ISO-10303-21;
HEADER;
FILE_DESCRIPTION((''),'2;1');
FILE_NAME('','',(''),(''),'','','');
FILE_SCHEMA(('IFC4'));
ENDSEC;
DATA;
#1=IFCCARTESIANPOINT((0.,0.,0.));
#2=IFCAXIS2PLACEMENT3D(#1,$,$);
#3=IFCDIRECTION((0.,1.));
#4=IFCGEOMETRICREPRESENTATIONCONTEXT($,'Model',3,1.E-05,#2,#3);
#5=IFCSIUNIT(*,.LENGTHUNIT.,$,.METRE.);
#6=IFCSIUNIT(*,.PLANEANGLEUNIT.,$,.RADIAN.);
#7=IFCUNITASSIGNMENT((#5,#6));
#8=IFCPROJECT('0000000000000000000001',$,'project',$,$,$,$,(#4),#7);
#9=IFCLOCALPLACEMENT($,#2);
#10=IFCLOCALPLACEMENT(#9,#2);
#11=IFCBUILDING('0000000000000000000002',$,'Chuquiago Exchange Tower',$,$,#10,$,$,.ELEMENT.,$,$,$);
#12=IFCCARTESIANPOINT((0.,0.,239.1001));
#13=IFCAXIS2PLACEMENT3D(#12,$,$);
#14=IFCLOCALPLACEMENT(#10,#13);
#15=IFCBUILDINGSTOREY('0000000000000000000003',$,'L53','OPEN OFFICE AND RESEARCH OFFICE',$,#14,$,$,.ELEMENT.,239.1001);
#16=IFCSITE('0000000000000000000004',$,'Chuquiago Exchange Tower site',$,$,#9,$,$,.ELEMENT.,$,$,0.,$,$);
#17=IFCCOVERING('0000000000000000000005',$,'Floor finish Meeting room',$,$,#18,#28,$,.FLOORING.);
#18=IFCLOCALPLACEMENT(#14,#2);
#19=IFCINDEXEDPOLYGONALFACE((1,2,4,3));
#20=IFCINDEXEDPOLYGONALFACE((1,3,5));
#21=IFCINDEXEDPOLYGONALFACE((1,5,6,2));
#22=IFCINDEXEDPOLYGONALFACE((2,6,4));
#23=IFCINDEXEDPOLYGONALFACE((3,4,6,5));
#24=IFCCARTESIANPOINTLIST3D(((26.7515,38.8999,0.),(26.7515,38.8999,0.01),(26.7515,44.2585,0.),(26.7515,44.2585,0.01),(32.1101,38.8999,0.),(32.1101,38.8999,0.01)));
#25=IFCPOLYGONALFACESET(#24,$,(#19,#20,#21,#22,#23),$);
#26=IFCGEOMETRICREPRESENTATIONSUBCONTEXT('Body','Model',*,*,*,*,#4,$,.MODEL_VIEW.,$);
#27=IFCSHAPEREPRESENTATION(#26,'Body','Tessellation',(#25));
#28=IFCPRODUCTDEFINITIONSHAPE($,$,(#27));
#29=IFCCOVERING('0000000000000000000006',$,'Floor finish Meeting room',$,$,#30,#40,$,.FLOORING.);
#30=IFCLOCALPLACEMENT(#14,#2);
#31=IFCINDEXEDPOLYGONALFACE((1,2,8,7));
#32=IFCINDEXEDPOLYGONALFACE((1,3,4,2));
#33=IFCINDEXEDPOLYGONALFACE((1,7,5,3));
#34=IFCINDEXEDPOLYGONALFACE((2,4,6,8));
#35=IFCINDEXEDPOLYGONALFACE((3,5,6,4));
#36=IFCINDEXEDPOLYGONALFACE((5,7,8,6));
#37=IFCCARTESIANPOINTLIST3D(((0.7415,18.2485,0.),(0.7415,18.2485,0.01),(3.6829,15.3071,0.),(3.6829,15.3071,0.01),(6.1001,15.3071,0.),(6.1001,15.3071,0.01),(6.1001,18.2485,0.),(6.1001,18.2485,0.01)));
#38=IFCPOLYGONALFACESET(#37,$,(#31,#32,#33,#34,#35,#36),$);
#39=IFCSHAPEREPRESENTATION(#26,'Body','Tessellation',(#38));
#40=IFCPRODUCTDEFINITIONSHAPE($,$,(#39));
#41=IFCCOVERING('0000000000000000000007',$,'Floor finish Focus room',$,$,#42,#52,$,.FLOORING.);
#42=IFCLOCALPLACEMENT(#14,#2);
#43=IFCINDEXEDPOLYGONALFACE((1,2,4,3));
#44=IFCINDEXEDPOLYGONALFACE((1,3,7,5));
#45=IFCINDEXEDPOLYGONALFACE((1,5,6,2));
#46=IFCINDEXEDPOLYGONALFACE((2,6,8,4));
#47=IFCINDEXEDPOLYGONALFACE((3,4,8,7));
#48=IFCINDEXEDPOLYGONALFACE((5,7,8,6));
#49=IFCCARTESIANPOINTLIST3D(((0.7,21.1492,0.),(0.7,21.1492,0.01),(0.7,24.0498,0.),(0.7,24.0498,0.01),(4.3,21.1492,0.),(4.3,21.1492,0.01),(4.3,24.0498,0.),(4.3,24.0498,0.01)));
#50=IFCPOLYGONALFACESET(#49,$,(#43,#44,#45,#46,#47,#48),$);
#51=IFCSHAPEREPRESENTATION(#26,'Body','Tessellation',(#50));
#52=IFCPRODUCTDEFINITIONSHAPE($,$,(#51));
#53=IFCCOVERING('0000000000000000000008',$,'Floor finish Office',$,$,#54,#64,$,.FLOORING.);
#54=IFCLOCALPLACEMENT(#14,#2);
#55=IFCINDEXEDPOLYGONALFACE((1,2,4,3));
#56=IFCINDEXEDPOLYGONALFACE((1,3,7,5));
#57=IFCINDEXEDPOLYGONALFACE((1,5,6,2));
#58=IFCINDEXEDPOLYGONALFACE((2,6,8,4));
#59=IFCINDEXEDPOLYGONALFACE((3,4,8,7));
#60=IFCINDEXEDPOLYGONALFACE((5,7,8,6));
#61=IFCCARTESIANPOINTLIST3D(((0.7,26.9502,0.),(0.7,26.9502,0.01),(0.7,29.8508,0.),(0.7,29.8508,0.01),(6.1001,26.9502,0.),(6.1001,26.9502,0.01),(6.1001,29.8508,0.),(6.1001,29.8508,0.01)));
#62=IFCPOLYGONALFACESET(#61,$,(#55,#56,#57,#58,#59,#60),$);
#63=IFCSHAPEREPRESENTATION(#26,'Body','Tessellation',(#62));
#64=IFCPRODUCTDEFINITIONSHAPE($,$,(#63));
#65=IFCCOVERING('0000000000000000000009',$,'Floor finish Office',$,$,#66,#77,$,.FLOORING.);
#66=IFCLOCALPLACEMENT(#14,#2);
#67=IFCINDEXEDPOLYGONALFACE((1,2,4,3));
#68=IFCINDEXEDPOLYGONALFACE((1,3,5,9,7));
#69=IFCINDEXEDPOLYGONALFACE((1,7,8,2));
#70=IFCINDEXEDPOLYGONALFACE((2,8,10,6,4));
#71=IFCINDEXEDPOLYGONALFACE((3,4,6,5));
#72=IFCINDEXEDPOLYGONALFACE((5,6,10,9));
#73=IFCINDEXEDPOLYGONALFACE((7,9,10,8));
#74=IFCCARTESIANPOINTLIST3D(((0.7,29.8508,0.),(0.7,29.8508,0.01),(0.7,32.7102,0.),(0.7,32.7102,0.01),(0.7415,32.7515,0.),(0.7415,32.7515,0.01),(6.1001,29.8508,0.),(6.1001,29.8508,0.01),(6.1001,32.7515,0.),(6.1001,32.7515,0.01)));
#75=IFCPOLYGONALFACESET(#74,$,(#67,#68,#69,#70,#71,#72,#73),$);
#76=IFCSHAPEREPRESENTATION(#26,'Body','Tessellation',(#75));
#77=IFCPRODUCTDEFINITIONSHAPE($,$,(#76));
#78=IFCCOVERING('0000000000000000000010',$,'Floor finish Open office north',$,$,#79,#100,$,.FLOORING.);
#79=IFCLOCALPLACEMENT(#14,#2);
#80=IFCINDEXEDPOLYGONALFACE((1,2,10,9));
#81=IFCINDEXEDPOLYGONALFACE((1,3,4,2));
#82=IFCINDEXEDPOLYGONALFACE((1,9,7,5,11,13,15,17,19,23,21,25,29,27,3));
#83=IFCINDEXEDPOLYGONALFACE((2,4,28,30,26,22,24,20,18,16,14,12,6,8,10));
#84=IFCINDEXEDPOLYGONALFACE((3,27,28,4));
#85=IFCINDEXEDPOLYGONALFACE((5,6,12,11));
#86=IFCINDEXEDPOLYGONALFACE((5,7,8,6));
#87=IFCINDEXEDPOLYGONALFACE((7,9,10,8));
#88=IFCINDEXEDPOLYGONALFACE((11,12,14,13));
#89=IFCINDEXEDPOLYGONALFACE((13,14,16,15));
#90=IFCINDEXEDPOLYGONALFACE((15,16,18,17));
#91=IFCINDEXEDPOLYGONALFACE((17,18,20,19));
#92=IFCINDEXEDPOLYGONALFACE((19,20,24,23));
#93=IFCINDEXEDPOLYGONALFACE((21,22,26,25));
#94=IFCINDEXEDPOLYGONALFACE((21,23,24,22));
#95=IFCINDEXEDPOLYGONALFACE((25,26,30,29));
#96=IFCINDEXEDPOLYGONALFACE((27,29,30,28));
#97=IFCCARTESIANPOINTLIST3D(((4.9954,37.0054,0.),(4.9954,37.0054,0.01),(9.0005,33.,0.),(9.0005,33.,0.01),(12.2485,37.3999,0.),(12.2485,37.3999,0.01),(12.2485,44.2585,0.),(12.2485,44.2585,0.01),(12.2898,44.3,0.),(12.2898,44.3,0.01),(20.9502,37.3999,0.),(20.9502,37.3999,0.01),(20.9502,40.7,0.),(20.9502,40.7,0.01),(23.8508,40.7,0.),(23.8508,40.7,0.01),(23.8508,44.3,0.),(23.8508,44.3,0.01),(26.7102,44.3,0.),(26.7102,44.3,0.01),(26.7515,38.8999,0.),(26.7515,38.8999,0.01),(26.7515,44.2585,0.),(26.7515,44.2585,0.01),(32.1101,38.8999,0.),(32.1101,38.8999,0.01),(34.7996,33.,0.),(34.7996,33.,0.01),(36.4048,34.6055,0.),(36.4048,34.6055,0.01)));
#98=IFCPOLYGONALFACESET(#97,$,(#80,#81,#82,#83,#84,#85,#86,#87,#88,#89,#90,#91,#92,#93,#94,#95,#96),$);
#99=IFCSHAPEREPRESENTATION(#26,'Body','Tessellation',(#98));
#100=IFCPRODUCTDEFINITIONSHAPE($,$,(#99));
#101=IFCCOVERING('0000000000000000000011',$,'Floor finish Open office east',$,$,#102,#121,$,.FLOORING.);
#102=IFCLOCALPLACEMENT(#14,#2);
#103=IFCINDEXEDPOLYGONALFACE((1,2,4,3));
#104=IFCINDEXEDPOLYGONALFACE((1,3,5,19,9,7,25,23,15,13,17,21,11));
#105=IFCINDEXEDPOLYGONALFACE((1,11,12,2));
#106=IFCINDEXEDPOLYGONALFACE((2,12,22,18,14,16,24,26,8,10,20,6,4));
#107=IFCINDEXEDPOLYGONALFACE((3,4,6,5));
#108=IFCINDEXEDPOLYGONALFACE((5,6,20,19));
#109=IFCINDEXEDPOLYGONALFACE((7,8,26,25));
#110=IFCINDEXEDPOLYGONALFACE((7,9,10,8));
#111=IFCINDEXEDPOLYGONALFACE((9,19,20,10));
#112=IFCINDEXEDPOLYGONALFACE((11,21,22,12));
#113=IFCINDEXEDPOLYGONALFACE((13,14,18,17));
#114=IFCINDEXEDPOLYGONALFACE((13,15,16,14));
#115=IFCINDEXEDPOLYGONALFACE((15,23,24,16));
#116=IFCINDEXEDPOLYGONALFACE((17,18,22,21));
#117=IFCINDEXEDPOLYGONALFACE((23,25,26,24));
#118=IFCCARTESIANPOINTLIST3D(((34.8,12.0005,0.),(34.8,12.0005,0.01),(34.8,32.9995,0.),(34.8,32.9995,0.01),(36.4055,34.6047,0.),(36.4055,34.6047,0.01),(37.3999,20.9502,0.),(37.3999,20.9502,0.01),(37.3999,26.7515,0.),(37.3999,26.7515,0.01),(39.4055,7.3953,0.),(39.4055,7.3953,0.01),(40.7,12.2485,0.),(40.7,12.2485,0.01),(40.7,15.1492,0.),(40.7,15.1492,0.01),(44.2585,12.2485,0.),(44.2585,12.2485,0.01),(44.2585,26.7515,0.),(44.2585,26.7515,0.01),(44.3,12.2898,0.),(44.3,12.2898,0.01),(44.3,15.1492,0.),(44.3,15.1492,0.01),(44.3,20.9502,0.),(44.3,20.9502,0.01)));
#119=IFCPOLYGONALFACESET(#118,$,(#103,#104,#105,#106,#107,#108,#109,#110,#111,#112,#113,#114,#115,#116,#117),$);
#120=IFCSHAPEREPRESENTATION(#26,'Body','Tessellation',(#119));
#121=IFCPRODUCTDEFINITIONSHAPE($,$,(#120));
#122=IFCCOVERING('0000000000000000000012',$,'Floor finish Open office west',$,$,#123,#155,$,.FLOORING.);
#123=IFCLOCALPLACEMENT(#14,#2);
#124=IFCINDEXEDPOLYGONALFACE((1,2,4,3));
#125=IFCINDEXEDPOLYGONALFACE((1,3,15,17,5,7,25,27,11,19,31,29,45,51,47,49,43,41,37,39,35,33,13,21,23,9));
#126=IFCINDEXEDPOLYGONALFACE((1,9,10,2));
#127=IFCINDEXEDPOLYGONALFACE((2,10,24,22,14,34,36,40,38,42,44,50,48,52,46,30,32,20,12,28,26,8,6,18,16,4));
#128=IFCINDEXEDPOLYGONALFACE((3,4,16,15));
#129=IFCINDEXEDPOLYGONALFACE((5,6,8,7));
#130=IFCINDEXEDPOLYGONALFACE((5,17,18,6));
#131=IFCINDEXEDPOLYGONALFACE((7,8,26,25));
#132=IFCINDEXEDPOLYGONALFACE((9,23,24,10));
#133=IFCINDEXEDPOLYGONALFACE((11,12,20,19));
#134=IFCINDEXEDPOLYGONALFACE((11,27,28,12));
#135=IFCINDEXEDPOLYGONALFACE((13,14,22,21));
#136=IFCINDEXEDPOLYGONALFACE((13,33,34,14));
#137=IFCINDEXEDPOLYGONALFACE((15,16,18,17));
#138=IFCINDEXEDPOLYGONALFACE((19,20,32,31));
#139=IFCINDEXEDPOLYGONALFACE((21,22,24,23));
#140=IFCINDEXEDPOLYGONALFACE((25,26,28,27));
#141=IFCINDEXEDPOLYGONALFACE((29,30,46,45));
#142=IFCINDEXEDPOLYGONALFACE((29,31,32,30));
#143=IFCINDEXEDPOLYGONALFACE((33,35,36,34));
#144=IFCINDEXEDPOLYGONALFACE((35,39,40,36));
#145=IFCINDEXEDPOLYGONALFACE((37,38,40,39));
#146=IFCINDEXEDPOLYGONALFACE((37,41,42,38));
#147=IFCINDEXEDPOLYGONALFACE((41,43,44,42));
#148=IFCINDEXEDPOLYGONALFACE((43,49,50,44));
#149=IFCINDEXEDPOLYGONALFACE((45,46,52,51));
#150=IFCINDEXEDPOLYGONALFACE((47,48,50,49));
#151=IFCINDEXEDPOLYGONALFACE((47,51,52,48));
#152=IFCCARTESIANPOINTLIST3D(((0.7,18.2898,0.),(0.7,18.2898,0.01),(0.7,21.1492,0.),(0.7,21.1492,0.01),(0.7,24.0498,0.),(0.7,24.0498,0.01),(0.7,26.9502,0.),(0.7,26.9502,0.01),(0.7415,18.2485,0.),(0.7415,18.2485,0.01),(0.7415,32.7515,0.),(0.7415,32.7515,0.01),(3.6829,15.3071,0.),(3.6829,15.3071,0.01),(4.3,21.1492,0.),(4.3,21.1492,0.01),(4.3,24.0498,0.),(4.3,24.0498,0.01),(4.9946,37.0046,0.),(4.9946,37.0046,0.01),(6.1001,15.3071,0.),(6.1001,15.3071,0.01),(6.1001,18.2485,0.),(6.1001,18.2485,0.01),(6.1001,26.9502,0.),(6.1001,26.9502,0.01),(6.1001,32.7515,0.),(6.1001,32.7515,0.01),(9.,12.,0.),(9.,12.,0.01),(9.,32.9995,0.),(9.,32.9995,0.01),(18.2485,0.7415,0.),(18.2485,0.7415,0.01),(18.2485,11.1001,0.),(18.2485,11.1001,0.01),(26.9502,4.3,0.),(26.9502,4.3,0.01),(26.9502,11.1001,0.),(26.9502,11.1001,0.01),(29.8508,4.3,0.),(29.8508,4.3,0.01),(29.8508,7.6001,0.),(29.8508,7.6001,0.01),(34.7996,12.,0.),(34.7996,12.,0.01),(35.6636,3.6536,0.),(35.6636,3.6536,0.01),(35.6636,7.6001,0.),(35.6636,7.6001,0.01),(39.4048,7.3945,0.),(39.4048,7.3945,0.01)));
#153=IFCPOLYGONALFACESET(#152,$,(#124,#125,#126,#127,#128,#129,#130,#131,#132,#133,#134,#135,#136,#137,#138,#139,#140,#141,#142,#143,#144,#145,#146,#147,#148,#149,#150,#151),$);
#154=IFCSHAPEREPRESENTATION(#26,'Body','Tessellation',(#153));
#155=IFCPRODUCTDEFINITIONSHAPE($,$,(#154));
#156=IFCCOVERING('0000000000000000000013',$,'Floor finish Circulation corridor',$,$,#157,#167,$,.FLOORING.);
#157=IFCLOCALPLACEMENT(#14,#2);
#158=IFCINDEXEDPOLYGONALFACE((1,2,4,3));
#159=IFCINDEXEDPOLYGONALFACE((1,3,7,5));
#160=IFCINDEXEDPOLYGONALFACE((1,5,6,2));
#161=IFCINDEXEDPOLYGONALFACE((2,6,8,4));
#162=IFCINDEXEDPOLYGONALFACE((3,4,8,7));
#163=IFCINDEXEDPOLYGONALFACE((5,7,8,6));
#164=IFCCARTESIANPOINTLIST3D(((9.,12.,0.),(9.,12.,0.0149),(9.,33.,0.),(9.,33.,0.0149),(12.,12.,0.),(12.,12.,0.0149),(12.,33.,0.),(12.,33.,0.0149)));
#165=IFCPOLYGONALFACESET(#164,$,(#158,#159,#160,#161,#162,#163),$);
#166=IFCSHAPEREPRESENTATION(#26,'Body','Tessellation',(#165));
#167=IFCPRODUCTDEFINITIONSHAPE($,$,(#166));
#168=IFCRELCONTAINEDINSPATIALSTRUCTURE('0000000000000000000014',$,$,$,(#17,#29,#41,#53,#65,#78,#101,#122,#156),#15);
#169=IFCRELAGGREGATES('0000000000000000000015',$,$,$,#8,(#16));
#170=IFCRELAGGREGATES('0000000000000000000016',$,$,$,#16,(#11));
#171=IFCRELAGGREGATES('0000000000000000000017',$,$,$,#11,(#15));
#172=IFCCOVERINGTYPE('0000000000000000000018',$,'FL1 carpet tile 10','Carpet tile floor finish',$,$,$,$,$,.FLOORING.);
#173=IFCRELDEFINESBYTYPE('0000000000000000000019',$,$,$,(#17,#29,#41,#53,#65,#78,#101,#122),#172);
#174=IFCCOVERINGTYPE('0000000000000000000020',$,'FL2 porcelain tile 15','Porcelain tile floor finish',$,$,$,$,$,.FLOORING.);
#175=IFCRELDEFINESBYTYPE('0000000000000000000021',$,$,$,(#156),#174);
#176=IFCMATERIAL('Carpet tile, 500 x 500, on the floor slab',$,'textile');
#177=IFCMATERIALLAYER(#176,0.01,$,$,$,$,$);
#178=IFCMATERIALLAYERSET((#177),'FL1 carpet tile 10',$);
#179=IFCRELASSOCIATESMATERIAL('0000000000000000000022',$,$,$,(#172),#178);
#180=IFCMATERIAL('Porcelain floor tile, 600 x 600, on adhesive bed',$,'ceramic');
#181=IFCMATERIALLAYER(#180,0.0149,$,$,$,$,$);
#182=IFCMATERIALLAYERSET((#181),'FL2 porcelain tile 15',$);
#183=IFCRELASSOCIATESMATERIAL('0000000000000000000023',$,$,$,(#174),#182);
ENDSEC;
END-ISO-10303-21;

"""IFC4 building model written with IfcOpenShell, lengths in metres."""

from ifc_helpers import new_model, si_unit, direction, frame, origin, place, context, subcontext, project, spatial, polyline, outline, extrude, material, layer, layer_set, type_object, element, save


model = new_model("IFC4")

# Units and contexts
model_context = context("Model", 3, precision=1e-05, world=origin(), true_north=direction((0.0, 1.0)))
body_context = subcontext(model_context, "Body", "Model", "MODEL_VIEW")
ifc_project = project(units=[si_unit("LENGTHUNIT", "METRE"), si_unit("PLANEANGLEUNIT", "RADIAN")], contexts=[model_context])

# Site, building, storey
site_placement = place(None, origin())
site = spatial("IfcSite", under=ifc_project, at=site_placement, Name="Chuquiago Exchange Tower site", CompositionType="ELEMENT", RefElevation=0.0)
building_placement = place(site_placement, origin())
building = spatial("IfcBuilding", under=site, at=building_placement, Name="Chuquiago Exchange Tower", CompositionType="ELEMENT")
storey_placement = place(building_placement, frame((0.0, 0.0, 239.1001)))
storey = spatial("IfcBuildingStorey", under=building, at=storey_placement, Name="L53", Description="OPEN OFFICE AND RESEARCH OFFICE", CompositionType="ELEMENT", Elevation=239.1001)

# Coverings
ifc_material_1 = material(Name="Carpet tile, 500 x 500, on the floor slab", Category="textile")
ifc_layer_1 = layer(ifc_material_1, 0.01)
ifc_layer_set_1 = layer_set([ifc_layer_1], Name="FL1 carpet tile 10")
covering_type_1 = type_object("IfcCoveringType", Name="FL1 carpet tile 10", Description="Carpet tile floor finish", PredefinedType="FLOORING", material=ifc_layer_set_1)
covering_1_placement = place(storey_placement, origin())
element("IfcCovering", 1, at=covering_1_placement, inside=storey, type_object=covering_type_1, Name="Floor finish Meeting room", PredefinedType="FLOORING", context=body_context, shape_type="SweptSolid", body=[
    extrude(outline(polyline([(32.1101, 38.8999), (26.7515, 38.8999), (26.7515, 44.2585), (32.1101, 38.8999)])), origin(), (0.0, 0.0, 1.0), 0.01),
])
covering_2_placement = place(storey_placement, origin())
element("IfcCovering", 2, at=covering_2_placement, inside=storey, type_object=covering_type_1, Name="Floor finish Meeting room", PredefinedType="FLOORING", context=body_context, shape_type="SweptSolid", body=[
    extrude(outline(polyline([(0.7415, 18.2485), (6.1001, 18.2485), (6.1001, 15.3071), (3.6829, 15.3071), (0.7415, 18.2485)])), origin(), (0.0, 0.0, 1.0), 0.01),
])
covering_3_placement = place(storey_placement, origin())
element("IfcCovering", 3, at=covering_3_placement, inside=storey, type_object=covering_type_1, Name="Floor finish Focus room", PredefinedType="FLOORING", context=body_context, shape_type="SweptSolid", body=[
    extrude(outline(polyline([(0.7, 24.0498), (4.3, 24.0498), (4.3, 21.1492), (0.7, 21.1492), (0.7, 24.0498)])), origin(), (0.0, 0.0, 1.0), 0.01),
])
covering_4_placement = place(storey_placement, origin())
element("IfcCovering", 4, at=covering_4_placement, inside=storey, type_object=covering_type_1, Name="Floor finish Office", PredefinedType="FLOORING", context=body_context, shape_type="SweptSolid", body=[
    extrude(outline(polyline([(0.7, 29.8508), (6.1001, 29.8508), (6.1001, 26.9502), (0.7, 26.9502), (0.7, 29.8508)])), origin(), (0.0, 0.0, 1.0), 0.01),
])
covering_5_placement = place(storey_placement, origin())
element("IfcCovering", 5, at=covering_5_placement, inside=storey, type_object=covering_type_1, Name="Floor finish Office", PredefinedType="FLOORING", context=body_context, shape_type="SweptSolid", body=[
    extrude(outline(polyline([(0.7, 32.7102), (0.7415, 32.7515), (6.1001, 32.7515), (6.1001, 29.8508), (0.7, 29.8508), (0.7, 32.7102)])), origin(), (0.0, 0.0, 1.0), 0.01),
])
covering_6_placement = place(storey_placement, origin())
element("IfcCovering", 6, at=covering_6_placement, inside=storey, type_object=covering_type_1, Name="Floor finish Open office north", PredefinedType="FLOORING", context=body_context, shape_type="SweptSolid", body=[
    extrude(outline(polyline([(12.2898, 44.3), (12.2485, 44.2585), (12.2485, 37.3999), (20.9502, 37.3999), (20.9502, 40.7), (23.8508, 40.7), (23.8508, 44.3), (26.7102, 44.3), (26.7515, 44.2585), (26.7515, 38.8999), (32.1101, 38.8999), (36.4048, 34.6055), (34.7996, 33.0), (9.0005, 33.0), (4.9954, 37.0054), (12.2898, 44.3)])), origin(), (0.0, 0.0, 1.0), 0.01),
])
covering_7_placement = place(storey_placement, origin())
element("IfcCovering", 7, at=covering_7_placement, inside=storey, type_object=covering_type_1, Name="Floor finish Open office east", PredefinedType="FLOORING", context=body_context, shape_type="SweptSolid", body=[
    extrude(outline(polyline([(44.2585, 26.7515), (37.3999, 26.7515), (37.3999, 20.9502), (44.3, 20.9502), (44.3, 15.1492), (40.7, 15.1492), (40.7, 12.2485), (44.2585, 12.2485), (44.3, 12.2898), (39.4055, 7.3953), (34.8, 12.0005), (34.8, 32.9995), (36.4055, 34.6047), (44.2585, 26.7515)])), origin(), (0.0, 0.0, 1.0), 0.01),
])
covering_8_placement = place(storey_placement, origin())
element("IfcCovering", 8, at=covering_8_placement, inside=storey, type_object=covering_type_1, Name="Floor finish Open office west", PredefinedType="FLOORING", context=body_context, shape_type="SweptSolid", body=[
    extrude(outline(polyline([(4.3, 24.0498), (0.7, 24.0498), (0.7, 26.9502), (6.1001, 26.9502), (6.1001, 32.7515), (0.7415, 32.7515), (4.9946, 37.0046), (9.0, 32.9995), (9.0, 12.0), (34.7996, 12.0), (39.4048, 7.3945), (35.6636, 3.6536), (35.6636, 7.6001), (29.8508, 7.6001), (29.8508, 4.3), (26.9502, 4.3), (26.9502, 11.1001), (18.2485, 11.1001), (18.2485, 0.7415), (3.6829, 15.3071), (6.1001, 15.3071), (6.1001, 18.2485), (0.7415, 18.2485), (0.7, 18.2898), (0.7, 21.1492), (4.3, 21.1492), (4.3, 24.0498)])), origin(), (0.0, 0.0, 1.0), 0.01),
])
ifc_material_2 = material(Name="Porcelain floor tile, 600 x 600, on adhesive bed", Category="ceramic")
ifc_layer_2 = layer(ifc_material_2, 0.0149)
ifc_layer_set_2 = layer_set([ifc_layer_2], Name="FL2 porcelain tile 15")
covering_type_2 = type_object("IfcCoveringType", Name="FL2 porcelain tile 15", Description="Porcelain tile floor finish", PredefinedType="FLOORING", material=ifc_layer_set_2)
covering_9_placement = place(storey_placement, origin())
element("IfcCovering", 9, at=covering_9_placement, inside=storey, type_object=covering_type_2, Name="Floor finish Circulation corridor", PredefinedType="FLOORING", context=body_context, shape_type="SweptSolid", body=[
    extrude(outline(polyline([(12.0, 12.0), (9.0, 12.0), (9.0, 33.0), (12.0, 33.0), (12.0, 12.0)])), origin(), (0.0, 0.0, 1.0), 0.0149),
])

save(model, "model.ifc")
